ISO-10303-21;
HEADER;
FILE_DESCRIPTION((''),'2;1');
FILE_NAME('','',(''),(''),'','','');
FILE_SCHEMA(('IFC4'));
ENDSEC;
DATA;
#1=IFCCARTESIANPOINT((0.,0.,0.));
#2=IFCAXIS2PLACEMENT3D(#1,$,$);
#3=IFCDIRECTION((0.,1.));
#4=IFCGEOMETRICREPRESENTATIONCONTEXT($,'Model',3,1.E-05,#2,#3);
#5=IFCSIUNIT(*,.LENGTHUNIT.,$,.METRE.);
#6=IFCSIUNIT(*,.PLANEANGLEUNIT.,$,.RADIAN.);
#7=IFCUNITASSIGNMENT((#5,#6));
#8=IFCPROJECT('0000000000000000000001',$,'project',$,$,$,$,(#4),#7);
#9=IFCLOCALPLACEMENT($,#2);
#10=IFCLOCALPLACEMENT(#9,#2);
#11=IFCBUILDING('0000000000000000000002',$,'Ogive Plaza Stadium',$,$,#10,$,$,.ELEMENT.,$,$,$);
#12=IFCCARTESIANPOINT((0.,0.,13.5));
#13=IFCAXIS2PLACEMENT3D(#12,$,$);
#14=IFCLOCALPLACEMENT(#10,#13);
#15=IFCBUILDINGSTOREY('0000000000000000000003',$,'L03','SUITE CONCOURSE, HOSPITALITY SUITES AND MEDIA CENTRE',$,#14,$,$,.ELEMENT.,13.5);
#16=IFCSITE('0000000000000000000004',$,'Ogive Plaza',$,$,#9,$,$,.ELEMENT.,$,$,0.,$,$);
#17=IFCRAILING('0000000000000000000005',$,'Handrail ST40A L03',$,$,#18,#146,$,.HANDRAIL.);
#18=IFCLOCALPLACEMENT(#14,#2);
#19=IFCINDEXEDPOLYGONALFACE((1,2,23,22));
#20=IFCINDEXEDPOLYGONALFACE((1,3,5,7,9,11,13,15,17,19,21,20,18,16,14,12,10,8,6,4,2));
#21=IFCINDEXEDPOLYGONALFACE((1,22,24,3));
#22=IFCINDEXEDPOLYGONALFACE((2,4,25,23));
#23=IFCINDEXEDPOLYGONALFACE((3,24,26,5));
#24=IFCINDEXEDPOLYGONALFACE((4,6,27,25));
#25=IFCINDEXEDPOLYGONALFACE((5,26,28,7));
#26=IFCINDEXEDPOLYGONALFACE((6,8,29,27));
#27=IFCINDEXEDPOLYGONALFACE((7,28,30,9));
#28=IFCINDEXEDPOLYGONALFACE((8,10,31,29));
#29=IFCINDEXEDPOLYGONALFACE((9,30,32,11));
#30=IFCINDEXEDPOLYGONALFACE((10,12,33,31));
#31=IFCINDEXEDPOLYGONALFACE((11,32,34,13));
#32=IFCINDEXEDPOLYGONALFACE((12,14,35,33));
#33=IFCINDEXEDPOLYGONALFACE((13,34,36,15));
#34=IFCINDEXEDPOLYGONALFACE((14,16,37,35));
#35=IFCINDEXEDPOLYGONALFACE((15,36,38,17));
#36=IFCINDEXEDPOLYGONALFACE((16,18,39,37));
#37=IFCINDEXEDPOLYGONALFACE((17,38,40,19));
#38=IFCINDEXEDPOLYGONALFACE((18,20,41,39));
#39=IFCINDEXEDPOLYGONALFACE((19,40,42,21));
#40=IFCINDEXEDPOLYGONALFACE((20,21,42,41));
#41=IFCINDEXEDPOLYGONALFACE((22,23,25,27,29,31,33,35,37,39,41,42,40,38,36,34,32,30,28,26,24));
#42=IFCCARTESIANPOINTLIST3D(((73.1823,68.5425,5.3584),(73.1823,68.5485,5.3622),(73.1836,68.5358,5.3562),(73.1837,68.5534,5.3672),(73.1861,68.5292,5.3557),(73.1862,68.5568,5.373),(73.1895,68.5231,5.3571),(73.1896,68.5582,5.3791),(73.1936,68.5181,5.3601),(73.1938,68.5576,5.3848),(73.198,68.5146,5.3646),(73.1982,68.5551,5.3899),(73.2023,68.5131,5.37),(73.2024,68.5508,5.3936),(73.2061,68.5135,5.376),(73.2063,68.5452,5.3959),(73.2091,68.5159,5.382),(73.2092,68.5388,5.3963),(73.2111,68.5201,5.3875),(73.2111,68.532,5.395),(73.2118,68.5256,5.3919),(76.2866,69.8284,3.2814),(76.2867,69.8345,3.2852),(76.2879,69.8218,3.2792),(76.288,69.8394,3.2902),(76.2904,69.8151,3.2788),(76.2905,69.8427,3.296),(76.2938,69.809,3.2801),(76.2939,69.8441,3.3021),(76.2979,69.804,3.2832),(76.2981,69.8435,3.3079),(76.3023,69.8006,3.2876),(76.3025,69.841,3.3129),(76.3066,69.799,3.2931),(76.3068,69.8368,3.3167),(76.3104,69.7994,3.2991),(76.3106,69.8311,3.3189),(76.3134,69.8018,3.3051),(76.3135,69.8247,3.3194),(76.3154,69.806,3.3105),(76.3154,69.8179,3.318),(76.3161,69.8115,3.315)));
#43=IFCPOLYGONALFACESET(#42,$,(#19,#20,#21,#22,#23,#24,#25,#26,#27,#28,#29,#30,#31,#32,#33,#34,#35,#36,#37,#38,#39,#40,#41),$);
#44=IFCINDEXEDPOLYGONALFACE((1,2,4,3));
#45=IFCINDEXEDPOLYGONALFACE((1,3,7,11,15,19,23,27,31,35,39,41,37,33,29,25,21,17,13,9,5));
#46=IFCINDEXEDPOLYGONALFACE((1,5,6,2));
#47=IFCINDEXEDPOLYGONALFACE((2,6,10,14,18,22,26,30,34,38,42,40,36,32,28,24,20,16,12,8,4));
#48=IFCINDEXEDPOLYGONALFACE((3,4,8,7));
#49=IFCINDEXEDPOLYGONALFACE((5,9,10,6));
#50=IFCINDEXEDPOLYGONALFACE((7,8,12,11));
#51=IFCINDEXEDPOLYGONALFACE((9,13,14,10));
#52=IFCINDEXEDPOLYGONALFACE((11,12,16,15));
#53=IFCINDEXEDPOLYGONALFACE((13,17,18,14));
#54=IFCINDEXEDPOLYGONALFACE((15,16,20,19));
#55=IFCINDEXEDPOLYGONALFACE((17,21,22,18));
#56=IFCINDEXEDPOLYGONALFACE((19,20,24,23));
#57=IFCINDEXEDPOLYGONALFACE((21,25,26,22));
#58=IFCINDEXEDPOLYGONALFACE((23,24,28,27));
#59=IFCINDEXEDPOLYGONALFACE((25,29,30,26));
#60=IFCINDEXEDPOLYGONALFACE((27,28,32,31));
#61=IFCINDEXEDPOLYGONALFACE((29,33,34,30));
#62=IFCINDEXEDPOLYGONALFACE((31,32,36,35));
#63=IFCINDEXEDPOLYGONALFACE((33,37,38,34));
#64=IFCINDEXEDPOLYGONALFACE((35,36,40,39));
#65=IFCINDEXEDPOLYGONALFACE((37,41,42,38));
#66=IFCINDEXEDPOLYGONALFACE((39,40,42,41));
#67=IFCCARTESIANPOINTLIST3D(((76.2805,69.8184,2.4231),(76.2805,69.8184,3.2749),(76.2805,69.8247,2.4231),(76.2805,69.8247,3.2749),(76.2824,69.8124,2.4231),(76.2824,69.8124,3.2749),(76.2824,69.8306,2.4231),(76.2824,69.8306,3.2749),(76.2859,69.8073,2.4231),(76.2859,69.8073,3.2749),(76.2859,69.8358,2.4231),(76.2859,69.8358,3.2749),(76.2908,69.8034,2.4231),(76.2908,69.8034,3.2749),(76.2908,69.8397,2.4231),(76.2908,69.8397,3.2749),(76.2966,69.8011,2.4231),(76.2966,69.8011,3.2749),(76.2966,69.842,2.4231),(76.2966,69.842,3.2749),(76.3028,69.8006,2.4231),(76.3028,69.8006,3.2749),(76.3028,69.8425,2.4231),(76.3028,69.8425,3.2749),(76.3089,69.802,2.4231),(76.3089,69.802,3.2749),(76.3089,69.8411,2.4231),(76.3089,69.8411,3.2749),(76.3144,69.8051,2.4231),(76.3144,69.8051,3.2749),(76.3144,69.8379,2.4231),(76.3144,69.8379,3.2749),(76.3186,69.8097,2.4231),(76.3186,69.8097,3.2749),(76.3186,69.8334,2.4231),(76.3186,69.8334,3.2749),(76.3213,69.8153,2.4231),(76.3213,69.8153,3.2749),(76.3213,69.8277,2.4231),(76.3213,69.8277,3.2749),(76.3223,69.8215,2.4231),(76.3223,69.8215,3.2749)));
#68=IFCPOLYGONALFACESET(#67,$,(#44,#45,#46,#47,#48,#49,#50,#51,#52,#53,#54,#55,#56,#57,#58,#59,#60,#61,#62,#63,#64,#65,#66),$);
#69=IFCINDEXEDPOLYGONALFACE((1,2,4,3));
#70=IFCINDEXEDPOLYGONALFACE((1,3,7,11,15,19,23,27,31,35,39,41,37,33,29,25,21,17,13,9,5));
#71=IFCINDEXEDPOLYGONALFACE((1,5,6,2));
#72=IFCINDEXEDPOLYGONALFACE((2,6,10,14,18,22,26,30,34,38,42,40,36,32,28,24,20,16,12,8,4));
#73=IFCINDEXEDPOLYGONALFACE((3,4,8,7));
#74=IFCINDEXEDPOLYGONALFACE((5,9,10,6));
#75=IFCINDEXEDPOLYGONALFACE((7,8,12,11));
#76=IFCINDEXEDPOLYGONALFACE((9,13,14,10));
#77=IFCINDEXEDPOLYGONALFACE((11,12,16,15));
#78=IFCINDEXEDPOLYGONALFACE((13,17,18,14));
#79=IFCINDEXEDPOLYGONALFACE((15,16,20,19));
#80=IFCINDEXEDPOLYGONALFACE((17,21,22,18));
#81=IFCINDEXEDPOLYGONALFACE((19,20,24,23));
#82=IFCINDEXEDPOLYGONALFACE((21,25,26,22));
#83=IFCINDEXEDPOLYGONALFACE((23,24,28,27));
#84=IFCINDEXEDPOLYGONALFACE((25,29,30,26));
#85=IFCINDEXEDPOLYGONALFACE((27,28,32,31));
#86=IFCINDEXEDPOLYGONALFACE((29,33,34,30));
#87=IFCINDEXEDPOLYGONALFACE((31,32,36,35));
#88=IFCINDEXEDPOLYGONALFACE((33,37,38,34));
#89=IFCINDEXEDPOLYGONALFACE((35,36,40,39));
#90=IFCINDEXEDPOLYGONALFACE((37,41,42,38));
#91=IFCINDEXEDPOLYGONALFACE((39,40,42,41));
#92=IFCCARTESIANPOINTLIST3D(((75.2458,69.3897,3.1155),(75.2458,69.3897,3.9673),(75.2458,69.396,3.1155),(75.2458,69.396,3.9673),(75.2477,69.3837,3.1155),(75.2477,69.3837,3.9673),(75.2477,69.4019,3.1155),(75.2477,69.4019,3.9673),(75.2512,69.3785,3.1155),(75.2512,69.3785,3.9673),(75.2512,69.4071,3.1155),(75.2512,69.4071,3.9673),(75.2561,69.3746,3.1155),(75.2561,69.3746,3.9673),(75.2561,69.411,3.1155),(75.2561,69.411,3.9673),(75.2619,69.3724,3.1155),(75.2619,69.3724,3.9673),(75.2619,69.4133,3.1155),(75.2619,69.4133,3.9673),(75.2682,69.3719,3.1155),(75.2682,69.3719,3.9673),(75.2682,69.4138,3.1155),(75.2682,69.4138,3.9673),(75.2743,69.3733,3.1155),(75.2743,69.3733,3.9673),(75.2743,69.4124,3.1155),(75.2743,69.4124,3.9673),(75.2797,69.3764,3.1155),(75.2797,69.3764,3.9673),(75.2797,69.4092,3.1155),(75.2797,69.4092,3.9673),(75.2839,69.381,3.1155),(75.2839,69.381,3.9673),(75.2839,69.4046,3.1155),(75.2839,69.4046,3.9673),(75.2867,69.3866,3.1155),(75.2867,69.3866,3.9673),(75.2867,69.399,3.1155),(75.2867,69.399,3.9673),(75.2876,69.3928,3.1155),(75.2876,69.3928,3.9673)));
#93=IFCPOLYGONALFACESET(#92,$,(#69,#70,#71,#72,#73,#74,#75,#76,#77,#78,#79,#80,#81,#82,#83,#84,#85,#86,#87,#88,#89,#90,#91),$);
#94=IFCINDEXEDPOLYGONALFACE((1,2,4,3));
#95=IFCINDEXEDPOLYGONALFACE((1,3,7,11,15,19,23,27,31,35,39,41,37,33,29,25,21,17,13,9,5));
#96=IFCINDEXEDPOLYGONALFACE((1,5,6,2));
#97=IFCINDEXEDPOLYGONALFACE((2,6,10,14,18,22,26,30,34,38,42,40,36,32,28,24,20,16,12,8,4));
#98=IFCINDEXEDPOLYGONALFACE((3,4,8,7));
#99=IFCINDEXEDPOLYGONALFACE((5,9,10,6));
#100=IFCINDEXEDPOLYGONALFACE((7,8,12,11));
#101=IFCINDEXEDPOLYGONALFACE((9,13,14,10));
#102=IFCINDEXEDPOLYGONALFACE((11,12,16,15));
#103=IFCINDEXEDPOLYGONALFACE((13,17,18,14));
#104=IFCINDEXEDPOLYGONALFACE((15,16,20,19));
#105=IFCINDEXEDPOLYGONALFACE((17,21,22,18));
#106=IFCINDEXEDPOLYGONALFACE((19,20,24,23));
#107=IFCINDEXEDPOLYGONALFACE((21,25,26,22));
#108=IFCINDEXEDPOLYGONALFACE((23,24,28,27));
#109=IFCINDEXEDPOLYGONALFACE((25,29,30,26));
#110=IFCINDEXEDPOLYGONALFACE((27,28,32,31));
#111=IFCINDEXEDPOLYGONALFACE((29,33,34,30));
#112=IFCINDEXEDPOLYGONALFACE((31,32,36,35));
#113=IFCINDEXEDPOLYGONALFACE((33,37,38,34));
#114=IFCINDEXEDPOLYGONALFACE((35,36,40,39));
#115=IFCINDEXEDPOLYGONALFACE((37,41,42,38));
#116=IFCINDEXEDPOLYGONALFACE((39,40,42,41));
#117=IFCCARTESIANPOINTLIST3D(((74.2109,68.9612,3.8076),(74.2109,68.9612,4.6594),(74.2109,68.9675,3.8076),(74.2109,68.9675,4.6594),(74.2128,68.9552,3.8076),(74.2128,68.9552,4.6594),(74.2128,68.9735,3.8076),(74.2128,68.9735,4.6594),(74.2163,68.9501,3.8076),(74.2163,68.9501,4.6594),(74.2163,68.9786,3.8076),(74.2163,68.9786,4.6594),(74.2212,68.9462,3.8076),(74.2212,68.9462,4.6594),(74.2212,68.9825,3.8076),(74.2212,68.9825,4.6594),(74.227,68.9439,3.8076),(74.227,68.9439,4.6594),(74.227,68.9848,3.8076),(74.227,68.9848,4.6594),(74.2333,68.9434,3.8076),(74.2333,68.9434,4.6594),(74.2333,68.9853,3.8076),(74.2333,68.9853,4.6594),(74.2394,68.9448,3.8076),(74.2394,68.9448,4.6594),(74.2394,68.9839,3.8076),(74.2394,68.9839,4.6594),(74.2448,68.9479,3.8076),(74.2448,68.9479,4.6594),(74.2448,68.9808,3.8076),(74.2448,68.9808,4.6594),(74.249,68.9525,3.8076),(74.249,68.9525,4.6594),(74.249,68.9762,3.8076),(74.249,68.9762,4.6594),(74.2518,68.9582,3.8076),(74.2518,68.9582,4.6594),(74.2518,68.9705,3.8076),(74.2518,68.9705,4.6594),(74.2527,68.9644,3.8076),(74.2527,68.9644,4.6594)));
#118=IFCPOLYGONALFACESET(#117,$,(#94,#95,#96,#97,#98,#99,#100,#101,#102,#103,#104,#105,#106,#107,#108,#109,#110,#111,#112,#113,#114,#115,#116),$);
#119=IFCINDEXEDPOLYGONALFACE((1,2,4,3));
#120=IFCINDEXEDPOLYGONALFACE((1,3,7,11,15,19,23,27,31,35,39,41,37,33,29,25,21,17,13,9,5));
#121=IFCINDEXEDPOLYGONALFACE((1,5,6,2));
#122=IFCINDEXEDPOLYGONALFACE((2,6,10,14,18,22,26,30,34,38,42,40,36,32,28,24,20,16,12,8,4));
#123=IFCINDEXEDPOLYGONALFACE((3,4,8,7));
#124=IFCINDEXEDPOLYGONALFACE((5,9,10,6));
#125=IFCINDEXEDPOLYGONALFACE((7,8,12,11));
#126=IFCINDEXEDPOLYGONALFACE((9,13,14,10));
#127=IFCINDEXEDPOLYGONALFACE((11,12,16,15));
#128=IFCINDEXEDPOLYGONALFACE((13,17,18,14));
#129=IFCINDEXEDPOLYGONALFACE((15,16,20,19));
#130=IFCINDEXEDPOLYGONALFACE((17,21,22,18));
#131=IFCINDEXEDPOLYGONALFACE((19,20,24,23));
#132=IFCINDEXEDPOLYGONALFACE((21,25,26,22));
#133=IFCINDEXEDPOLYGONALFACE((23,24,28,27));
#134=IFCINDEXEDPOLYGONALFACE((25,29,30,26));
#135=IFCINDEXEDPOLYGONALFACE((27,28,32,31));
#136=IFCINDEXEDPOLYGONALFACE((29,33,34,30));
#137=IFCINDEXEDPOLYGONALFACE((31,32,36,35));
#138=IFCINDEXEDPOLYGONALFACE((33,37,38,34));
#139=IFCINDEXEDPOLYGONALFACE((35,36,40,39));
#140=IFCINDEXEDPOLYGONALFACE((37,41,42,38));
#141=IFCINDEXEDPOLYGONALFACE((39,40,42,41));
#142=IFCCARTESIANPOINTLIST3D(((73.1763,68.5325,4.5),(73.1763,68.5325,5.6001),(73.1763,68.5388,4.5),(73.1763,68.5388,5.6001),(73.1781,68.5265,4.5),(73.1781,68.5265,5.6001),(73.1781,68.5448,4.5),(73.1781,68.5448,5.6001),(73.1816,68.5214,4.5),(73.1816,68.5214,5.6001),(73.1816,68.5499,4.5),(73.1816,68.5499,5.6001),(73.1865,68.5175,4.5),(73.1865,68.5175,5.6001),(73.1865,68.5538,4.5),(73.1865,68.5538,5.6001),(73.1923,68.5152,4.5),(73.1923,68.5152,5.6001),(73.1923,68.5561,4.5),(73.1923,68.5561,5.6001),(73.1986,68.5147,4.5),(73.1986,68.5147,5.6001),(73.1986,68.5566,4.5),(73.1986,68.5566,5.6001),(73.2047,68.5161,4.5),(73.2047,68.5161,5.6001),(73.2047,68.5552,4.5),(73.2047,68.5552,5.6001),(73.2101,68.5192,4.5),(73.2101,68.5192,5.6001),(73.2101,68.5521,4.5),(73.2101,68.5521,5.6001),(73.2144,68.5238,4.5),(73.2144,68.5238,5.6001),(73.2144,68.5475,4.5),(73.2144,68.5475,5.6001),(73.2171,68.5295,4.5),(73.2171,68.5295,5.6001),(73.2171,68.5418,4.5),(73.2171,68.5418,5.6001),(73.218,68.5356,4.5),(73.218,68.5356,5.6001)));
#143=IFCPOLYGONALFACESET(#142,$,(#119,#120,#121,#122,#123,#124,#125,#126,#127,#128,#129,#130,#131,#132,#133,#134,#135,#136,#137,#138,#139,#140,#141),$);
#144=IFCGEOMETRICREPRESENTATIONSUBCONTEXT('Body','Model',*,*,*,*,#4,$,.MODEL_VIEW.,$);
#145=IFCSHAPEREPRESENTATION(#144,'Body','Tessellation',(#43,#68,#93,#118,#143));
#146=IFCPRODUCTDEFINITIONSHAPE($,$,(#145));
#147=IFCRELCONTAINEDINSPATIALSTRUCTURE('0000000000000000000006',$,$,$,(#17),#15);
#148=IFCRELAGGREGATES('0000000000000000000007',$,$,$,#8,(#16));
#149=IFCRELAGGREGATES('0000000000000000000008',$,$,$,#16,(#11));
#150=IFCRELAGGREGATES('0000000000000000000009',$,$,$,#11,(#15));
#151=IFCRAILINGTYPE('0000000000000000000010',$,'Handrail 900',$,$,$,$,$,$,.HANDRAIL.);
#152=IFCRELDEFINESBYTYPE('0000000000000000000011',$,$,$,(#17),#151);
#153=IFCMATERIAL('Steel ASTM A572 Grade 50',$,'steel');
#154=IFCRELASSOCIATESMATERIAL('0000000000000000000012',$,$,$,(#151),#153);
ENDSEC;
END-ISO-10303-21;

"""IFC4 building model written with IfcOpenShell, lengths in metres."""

from ifc_helpers import new_model, si_unit, direction, frame, origin, origin_2d, place, context, subcontext, project, spatial, circle, extrude, material, type_object, element, save


model = new_model("IFC4")

# Units and contexts
model_context = context("Model", 3, precision=1e-05, world=origin(), true_north=direction((0.0, 1.0)))
body_context = subcontext(model_context, "Body", "Model", "MODEL_VIEW")
ifc_project = project(units=[si_unit("LENGTHUNIT", "METRE"), si_unit("PLANEANGLEUNIT", "RADIAN")], contexts=[model_context])

# Site, building, storey
site_placement = place(None, origin())
site = spatial("IfcSite", under=ifc_project, at=site_placement, Name="Ogive Plaza", CompositionType="ELEMENT", RefElevation=0.0)
building_placement = place(site_placement, origin())
building = spatial("IfcBuilding", under=site, at=building_placement, Name="Ogive Plaza Stadium", CompositionType="ELEMENT")
storey_placement = place(building_placement, frame((0.0, 0.0, 13.5)))
storey = spatial("IfcBuildingStorey", under=building, at=storey_placement, Name="L03", Description="SUITE CONCOURSE, HOSPITALITY SUITES AND MEDIA CENTRE", CompositionType="ELEMENT", Elevation=13.5)

# Railing
ifc_material_1 = material(Name="Steel ASTM A572 Grade 50", Category="steel")
railing_type_1 = type_object("IfcRailingType", Name="Handrail 900", PredefinedType="HANDRAIL", material=ifc_material_1)
for number, where, name in (
    (1, (76.3013, 69.8215, 2.4231), "Handrail ST40A L03"),
):
    element("IfcRailing", number, at=place(storey_placement, frame(where)), inside=storey, type_object=railing_type_1, Name=name, PredefinedType="HANDRAIL", context=body_context, shape_type="SweptSolid", body=[
        extrude(circle(Radius=0.0239, at=origin_2d()), frame((0.0, 0.0, 0.876), z_axis=(-0.785863, -0.325532, 0.525783), x_axis=(0.3827, -0.923872, 0.0)), (0.0, 0.0, 1.0), 3.9502),
        extrude(circle(Radius=0.021, at=origin_2d()), origin(), (0.0, 0.0, 1.0), 0.8518),
        extrude(circle(Radius=0.021, at=origin_2d()), frame((-1.0347, -0.4287, 0.6924)), (0.0, 0.0, 1.0), 0.8518),
        extrude(circle(Radius=0.021, at=origin_2d()), frame((-2.0696, -0.8572, 1.3845)), (0.0, 0.0, 1.0), 0.8518),
        extrude(circle(Radius=0.021, at=origin_2d()), frame((-3.1042, -1.2859, 2.0769)), (0.0, 0.0, 1.0), 1.1001),
    ])

save(model, "model.ifc")
